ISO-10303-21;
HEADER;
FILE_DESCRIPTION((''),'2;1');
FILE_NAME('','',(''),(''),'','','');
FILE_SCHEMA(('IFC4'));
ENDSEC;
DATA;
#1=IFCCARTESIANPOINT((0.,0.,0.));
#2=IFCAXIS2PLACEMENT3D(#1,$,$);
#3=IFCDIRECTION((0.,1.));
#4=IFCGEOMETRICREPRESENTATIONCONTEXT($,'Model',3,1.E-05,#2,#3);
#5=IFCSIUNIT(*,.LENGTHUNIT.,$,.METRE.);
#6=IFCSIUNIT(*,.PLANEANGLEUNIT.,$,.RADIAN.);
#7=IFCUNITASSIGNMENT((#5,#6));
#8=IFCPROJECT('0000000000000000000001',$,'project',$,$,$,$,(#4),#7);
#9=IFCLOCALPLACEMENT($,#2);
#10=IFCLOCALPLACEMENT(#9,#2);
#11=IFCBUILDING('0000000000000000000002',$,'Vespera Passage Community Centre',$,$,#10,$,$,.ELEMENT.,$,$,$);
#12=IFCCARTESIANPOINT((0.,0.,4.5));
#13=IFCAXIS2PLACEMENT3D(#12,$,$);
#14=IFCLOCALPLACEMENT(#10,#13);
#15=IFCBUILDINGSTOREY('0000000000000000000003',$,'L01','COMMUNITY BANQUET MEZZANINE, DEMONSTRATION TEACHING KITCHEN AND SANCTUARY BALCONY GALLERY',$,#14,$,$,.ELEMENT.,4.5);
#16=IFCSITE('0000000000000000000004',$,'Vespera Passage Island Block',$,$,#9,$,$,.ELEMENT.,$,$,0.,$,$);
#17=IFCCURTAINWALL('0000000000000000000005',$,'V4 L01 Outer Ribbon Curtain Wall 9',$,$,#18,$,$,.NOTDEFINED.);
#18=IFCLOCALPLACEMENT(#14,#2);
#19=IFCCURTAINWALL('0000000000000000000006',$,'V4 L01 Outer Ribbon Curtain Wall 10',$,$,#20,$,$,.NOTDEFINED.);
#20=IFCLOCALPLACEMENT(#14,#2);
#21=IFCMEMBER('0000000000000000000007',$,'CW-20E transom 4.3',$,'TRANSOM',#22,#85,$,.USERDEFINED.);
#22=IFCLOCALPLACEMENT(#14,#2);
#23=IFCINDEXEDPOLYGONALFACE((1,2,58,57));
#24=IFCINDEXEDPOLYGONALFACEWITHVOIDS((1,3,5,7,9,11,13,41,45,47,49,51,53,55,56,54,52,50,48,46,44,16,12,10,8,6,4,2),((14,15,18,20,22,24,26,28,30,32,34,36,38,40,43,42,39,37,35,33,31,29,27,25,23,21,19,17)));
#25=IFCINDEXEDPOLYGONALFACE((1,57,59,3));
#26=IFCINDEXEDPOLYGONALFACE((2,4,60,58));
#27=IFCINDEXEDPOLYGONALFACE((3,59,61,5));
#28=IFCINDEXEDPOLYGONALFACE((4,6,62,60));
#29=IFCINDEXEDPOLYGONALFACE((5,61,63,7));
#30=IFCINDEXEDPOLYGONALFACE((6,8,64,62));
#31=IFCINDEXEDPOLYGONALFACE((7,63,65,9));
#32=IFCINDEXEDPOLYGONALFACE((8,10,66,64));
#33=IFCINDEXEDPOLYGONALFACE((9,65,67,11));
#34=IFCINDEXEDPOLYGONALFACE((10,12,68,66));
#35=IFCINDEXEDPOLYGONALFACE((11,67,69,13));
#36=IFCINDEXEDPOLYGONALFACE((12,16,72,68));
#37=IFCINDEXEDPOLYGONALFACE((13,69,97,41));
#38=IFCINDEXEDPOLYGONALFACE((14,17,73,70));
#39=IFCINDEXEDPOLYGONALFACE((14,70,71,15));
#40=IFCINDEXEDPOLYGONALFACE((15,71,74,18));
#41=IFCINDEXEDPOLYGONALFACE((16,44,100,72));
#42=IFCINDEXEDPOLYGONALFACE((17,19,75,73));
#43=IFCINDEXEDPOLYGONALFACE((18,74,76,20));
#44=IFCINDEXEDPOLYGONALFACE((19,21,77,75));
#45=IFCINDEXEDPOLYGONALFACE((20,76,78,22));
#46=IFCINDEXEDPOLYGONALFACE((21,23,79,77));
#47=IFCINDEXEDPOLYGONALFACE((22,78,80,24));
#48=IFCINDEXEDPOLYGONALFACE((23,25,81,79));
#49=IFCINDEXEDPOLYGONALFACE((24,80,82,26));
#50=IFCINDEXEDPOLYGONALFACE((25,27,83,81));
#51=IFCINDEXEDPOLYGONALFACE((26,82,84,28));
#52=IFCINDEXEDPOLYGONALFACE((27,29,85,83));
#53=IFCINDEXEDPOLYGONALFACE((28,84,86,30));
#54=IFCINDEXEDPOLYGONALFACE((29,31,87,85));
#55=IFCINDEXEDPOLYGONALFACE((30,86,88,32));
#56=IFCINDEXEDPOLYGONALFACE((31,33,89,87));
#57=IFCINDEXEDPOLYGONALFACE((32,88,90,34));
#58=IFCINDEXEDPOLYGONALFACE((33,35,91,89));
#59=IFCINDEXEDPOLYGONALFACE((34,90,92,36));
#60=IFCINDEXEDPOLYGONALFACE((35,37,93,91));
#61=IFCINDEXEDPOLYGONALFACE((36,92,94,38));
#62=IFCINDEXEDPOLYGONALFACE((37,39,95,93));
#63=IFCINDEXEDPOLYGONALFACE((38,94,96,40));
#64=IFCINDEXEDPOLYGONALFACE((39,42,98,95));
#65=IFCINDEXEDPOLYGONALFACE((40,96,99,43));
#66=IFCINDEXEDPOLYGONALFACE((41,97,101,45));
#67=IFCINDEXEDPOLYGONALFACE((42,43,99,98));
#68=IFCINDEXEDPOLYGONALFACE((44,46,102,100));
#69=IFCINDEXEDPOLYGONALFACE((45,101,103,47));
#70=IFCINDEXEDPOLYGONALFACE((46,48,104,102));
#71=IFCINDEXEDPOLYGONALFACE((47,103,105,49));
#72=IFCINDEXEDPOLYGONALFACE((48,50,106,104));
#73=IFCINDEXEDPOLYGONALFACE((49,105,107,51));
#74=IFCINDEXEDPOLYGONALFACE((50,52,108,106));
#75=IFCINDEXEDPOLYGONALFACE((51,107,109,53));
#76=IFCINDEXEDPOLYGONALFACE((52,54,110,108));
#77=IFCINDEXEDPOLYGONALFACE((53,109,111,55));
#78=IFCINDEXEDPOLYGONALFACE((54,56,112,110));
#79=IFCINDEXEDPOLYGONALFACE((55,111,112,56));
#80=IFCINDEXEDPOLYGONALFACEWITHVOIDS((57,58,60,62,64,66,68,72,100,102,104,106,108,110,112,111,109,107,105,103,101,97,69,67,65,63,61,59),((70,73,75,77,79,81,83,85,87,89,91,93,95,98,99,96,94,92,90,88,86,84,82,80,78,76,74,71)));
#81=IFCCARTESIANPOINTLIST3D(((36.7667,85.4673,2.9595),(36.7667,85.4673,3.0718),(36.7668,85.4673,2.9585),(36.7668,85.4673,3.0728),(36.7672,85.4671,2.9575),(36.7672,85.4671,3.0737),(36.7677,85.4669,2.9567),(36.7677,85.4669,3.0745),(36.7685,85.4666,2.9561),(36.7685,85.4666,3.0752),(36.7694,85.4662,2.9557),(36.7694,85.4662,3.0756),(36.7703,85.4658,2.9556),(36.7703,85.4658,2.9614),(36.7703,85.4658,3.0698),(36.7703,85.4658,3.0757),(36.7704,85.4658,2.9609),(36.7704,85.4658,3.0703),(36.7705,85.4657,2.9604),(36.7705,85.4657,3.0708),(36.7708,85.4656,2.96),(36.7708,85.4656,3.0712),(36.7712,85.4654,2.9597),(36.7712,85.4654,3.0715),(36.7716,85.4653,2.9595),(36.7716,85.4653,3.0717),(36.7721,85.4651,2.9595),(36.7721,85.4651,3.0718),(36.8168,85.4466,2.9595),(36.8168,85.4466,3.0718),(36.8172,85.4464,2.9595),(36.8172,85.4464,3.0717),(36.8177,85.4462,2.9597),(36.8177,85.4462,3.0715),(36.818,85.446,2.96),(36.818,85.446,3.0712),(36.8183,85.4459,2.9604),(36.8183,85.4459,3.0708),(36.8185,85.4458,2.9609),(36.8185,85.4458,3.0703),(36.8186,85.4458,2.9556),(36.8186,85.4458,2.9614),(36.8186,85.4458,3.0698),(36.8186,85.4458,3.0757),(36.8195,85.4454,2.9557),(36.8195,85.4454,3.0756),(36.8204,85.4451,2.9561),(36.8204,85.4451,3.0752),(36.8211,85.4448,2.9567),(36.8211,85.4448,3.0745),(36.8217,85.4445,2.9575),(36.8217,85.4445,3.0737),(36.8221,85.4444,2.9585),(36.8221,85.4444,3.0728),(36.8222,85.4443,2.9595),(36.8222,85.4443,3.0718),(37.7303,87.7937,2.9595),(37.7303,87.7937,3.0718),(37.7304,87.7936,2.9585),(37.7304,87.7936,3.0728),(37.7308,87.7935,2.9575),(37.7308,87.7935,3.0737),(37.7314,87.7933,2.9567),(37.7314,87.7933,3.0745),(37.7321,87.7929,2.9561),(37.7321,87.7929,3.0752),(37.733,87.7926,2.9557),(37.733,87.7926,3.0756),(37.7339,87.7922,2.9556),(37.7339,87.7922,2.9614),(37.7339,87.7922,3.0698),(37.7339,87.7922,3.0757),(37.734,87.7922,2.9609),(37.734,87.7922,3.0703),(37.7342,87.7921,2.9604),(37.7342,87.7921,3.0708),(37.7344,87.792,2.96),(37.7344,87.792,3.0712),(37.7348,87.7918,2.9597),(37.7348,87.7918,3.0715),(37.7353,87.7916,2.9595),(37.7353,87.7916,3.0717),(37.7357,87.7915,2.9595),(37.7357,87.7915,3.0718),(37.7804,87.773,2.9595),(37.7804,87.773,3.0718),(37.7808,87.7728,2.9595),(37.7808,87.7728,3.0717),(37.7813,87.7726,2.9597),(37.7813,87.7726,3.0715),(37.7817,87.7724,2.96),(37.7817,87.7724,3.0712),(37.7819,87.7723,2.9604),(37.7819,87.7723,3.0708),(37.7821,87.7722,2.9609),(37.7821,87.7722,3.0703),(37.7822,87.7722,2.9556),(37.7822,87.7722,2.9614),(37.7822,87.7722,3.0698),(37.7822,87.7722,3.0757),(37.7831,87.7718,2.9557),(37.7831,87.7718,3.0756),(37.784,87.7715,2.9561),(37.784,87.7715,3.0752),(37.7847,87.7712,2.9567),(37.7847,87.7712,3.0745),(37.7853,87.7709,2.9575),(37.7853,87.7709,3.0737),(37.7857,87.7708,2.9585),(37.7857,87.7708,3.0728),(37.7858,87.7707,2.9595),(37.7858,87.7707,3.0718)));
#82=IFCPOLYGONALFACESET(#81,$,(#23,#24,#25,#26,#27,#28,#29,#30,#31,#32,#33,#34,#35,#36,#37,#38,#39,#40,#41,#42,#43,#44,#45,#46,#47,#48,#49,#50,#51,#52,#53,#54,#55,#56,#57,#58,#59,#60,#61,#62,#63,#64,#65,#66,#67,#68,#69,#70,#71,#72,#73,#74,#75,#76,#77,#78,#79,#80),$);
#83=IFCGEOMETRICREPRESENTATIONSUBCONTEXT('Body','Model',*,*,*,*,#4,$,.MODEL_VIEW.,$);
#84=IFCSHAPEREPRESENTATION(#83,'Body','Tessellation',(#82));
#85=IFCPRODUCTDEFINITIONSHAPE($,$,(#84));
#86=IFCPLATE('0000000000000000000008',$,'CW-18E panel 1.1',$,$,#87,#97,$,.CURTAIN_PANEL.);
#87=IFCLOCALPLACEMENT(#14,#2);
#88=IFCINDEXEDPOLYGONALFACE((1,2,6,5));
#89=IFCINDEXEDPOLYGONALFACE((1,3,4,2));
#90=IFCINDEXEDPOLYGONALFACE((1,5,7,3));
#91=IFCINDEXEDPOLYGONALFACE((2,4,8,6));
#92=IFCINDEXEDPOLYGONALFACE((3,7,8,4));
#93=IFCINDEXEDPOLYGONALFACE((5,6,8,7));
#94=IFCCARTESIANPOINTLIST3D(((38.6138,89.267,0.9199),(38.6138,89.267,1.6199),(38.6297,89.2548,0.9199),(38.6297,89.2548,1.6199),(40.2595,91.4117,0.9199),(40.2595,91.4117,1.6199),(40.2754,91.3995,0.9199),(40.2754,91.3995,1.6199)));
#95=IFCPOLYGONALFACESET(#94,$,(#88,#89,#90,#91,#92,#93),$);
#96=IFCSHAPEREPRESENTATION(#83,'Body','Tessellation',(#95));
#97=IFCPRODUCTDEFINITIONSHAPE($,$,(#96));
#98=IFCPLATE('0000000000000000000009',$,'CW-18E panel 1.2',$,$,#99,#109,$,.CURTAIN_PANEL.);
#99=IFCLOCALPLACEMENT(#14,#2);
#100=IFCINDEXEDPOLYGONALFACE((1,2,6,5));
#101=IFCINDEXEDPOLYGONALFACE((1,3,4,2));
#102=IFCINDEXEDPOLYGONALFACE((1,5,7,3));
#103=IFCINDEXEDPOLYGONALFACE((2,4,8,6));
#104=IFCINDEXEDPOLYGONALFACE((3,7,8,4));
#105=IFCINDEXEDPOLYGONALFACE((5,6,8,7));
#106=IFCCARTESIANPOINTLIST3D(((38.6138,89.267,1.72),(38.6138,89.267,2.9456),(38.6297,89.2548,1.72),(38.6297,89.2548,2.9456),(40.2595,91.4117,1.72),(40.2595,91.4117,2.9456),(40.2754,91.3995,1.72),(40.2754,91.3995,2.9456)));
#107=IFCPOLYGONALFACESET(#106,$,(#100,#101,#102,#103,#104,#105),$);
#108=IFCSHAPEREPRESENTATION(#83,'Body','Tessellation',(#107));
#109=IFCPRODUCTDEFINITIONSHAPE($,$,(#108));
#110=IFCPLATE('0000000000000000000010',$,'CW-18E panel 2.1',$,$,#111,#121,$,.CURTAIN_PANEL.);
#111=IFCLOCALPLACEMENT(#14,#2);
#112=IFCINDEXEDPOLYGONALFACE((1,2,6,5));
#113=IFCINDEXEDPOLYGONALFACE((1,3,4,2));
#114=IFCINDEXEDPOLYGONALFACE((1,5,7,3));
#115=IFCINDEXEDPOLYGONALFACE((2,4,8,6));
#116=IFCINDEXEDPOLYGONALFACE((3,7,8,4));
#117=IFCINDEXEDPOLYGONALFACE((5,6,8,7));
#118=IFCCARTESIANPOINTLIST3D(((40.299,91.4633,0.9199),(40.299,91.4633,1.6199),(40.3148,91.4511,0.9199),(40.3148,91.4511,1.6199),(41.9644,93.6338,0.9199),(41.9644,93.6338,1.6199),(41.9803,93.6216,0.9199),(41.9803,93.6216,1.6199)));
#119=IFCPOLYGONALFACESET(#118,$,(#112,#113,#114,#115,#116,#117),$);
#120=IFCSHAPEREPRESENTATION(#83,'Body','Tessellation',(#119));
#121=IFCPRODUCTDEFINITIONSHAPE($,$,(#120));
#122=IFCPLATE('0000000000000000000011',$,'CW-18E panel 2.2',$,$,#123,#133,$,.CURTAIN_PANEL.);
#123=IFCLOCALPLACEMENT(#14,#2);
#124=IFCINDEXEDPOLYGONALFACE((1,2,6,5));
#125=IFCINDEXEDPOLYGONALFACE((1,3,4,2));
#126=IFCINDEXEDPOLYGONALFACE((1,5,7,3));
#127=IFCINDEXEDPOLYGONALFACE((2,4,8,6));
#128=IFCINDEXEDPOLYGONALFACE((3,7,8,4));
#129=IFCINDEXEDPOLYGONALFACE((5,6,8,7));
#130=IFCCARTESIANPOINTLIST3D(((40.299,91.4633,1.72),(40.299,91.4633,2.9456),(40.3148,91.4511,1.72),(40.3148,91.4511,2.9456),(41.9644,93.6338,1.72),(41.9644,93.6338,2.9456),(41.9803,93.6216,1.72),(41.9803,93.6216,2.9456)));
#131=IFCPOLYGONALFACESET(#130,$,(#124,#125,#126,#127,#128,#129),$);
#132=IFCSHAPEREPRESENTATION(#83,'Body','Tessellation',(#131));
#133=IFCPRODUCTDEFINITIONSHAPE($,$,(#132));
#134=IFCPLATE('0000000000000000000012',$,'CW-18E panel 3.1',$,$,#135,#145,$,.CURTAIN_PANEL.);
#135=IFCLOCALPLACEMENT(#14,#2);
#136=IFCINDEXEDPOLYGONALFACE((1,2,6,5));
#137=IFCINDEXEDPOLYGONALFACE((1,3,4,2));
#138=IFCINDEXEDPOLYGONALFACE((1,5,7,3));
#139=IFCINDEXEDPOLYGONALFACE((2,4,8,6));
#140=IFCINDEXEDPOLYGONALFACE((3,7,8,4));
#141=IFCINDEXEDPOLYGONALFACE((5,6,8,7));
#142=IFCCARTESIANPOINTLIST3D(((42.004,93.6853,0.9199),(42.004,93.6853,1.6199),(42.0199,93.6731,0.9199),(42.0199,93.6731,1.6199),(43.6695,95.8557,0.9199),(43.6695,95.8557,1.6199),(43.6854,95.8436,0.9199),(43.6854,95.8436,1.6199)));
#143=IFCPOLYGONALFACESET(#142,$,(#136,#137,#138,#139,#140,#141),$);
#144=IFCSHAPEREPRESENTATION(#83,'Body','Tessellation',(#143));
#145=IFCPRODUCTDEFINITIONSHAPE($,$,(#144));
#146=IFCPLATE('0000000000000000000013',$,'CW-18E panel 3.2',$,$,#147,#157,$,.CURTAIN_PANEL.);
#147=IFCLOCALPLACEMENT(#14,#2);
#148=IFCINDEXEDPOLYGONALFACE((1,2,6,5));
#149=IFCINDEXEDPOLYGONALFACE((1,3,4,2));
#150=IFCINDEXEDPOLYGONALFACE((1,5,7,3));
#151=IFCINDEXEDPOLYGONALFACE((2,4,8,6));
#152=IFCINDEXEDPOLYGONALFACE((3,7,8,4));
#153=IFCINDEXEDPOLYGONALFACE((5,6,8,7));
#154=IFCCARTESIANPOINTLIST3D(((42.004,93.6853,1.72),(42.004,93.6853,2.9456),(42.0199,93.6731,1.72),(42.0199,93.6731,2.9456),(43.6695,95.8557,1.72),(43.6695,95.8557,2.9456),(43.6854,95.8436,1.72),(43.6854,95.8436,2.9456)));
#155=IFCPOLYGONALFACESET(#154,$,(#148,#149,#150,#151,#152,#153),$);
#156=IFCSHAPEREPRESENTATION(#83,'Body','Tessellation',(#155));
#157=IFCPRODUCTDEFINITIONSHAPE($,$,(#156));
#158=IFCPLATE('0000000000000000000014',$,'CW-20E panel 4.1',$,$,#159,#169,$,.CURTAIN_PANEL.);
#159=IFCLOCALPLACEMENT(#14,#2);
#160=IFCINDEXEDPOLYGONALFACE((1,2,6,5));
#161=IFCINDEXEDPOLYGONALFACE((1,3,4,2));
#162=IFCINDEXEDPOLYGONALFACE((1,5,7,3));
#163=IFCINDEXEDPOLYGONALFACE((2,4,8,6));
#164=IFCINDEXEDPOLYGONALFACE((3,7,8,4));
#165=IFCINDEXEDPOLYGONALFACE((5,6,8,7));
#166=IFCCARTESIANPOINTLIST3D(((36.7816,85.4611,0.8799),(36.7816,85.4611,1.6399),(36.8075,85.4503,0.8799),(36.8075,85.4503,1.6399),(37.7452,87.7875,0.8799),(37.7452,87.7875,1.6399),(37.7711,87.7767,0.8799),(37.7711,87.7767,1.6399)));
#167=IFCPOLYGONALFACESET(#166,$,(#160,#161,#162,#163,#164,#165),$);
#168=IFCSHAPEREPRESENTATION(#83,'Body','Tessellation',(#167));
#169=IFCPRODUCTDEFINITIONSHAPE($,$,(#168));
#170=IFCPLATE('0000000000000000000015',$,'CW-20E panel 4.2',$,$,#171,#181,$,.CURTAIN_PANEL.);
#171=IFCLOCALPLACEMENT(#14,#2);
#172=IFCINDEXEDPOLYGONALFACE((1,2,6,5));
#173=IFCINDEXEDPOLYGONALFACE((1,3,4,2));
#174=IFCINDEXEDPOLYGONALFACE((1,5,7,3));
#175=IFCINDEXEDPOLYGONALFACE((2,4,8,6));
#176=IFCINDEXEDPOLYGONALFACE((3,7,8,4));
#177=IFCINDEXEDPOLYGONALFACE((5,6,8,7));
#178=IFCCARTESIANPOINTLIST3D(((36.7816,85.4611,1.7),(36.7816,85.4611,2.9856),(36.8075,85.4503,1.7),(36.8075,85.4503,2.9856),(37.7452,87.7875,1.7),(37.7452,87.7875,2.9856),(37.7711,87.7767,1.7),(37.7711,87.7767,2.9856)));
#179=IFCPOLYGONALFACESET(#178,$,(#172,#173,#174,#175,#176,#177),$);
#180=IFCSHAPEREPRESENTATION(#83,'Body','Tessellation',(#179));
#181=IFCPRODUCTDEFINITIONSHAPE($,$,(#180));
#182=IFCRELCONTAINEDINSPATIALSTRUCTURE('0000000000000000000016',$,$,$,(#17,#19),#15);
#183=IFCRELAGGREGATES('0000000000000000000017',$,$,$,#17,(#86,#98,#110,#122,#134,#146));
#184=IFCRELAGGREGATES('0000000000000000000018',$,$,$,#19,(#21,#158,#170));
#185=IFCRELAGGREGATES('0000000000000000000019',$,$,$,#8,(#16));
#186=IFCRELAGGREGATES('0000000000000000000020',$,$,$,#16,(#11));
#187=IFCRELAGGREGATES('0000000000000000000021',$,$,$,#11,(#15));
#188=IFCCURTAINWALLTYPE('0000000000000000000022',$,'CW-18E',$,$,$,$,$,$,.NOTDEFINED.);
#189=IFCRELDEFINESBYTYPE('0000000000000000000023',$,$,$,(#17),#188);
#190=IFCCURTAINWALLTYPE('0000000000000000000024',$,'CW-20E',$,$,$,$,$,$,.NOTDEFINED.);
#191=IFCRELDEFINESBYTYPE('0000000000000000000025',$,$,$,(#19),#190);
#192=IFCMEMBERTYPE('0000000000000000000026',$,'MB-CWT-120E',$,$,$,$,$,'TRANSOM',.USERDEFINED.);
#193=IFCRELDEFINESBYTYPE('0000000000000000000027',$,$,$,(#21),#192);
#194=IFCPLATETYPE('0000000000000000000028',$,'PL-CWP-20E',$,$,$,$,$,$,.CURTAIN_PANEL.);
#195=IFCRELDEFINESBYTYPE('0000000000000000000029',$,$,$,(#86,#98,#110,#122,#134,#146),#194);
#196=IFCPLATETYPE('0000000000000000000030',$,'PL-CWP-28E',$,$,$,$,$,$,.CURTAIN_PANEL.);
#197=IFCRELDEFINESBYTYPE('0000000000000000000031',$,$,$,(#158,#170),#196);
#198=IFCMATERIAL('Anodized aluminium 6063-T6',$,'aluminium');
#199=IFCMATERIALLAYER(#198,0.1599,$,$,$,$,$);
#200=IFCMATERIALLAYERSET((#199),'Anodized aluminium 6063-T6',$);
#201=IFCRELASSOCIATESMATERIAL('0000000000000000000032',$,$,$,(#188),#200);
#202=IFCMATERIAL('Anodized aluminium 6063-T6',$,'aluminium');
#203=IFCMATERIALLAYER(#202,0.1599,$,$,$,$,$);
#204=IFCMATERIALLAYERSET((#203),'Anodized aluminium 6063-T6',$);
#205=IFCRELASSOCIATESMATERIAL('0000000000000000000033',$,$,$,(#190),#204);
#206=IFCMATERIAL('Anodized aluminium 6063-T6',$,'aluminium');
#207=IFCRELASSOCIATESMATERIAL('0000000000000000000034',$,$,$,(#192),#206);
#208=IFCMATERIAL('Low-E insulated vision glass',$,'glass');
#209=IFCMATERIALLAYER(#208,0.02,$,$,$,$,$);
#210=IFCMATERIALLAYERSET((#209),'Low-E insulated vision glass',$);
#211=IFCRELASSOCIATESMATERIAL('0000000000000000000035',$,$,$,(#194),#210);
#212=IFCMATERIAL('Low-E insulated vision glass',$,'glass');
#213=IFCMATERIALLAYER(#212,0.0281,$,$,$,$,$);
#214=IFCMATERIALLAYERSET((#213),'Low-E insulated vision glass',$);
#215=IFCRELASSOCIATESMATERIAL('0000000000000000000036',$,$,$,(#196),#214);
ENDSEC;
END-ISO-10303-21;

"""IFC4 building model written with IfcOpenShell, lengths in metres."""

from ifc_helpers import new_model, si_unit, direction, frame, origin, origin_2d, place, context, subcontext, project, spatial, rectangle, hollow_rectangle, extrude, material, layer, layer_set, material_profile, profile_set, type_object, element, aggregate, save


model = new_model("IFC4")

# Units and contexts
model_context = context("Model", 3, precision=1e-05, world=origin(), true_north=direction((0.0, 1.0)))
body_context = subcontext(model_context, "Body", "Model", "MODEL_VIEW")
ifc_project = project(units=[si_unit("LENGTHUNIT", "METRE"), si_unit("PLANEANGLEUNIT", "RADIAN")], contexts=[model_context])

# Site, building, storey
site_placement = place(None, origin())
site = spatial("IfcSite", under=ifc_project, at=site_placement, Name="Vespera Passage Island Block", CompositionType="ELEMENT", RefElevation=0.0)
building_placement = place(site_placement, origin())
building = spatial("IfcBuilding", under=site, at=building_placement, Name="Vespera Passage Community Centre", CompositionType="ELEMENT")
storey_placement = place(building_placement, frame((0.0, 0.0, 4.5)))
storey = spatial("IfcBuildingStorey", under=building, at=storey_placement, Name="L01", Description="COMMUNITY BANQUET MEZZANINE, DEMONSTRATION TEACHING KITCHEN AND SANCTUARY BALCONY GALLERY", CompositionType="ELEMENT", Elevation=4.5)

# Curtain wall
ifc_material_1 = material(Name="Anodized aluminium 6063-T6", Category="aluminium")
ifc_layer_1 = layer(ifc_material_1, 0.1599)
ifc_layer_set_1 = layer_set([ifc_layer_1], Name="Anodized aluminium 6063-T6")
curtain_wall_type_1 = type_object("IfcCurtainWallType", Name="CW-18E", PredefinedType="NOTDEFINED", material=ifc_layer_set_1)
curtain_wall_1_placement = place(storey_placement, origin())
curtain_wall_1 = element("IfcCurtainWall", 1, at=curtain_wall_1_placement, inside=storey, type_object=curtain_wall_type_1, Name="V4 L01 Outer Ribbon Curtain Wall 9", PredefinedType="NOTDEFINED")

# Curtain wall
ifc_material_2 = material(Name="Anodized aluminium 6063-T6", Category="aluminium")
ifc_layer_2 = layer(ifc_material_2, 0.1599)
ifc_layer_set_2 = layer_set([ifc_layer_2], Name="Anodized aluminium 6063-T6")
curtain_wall_type_2 = type_object("IfcCurtainWallType", Name="CW-20E", PredefinedType="NOTDEFINED", material=ifc_layer_set_2)
curtain_wall_2_placement = place(storey_placement, origin())
curtain_wall_2 = element("IfcCurtainWall", 2, at=curtain_wall_2_placement, inside=storey, type_object=curtain_wall_type_2, Name="V4 L01 Outer Ribbon Curtain Wall 10", PredefinedType="NOTDEFINED")

# Member
ifc_material_3 = material(Name="Anodized aluminium 6063-T6", Category="aluminium")
ifc_material_profile_1 = material_profile(ifc_material_3, hollow_rectangle(XDim=0.0601, YDim=0.1201, WallThickness=0.0039, InnerFilletRadius=0.002, OuterFilletRadius=0.0039, at=origin_2d()), Name="ALU120X60X4")
ifc_profile_set_1 = profile_set([ifc_material_profile_1], Name="Anodized aluminium 6063-T6")
member_type_1 = type_object("IfcMemberType", Name="MB-CWT-120E", ElementType="TRANSOM", PredefinedType="USERDEFINED", material=ifc_profile_set_1)
member_1_placement = place(storey_placement, frame((36.7944, 85.4558, 3.0156), z_axis=(0.38268, 0.923881, 0.0), x_axis=(-0.923881, 0.38268, 0.0)))
member_1 = element("IfcMember", 3, at=member_1_placement, type_object=member_type_1, Name="CW-20E transom 4.3", ObjectType="TRANSOM", PredefinedType="USERDEFINED", context=body_context, shape_type="SweptSolid", body=[
    extrude(hollow_rectangle(XDim=0.0601, YDim=0.1201, WallThickness=0.0039, InnerFilletRadius=0.002, OuterFilletRadius=0.0039, at=origin_2d()), origin(), (0.0, 0.0, 1.0), 2.5181),
])

# Plates
ifc_material_4 = material(Name="Low-E insulated vision glass", Category="glass")
ifc_layer_3 = layer(ifc_material_4, 0.02)
ifc_layer_set_3 = layer_set([ifc_layer_3], Name="Low-E insulated vision glass")
plate_type_1 = type_object("IfcPlateType", Name="PL-CWP-20E", PredefinedType="CURTAIN_PANEL", material=ifc_layer_set_3)
plate_1_placement = place(storey_placement, frame((39.4446, 90.3333, 0.9199), z_axis=(0.0, 0.0, 1.0), x_axis=(0.608765, 0.79335, 0.0)))
plate_1 = element("IfcPlate", 4, at=plate_1_placement, type_object=plate_type_1, Name="CW-18E panel 1.1", PredefinedType="CURTAIN_PANEL", context=body_context, shape_type="SweptSolid", body=[
    extrude(rectangle(XDim=2.7034, YDim=0.02, at=origin_2d()), origin(), (0.0, 0.0, 1.0), 0.7),
])
plate_2_placement = place(storey_placement, frame((39.4446, 90.3333, 1.72), z_axis=(0.0, 0.0, 1.0), x_axis=(0.608765, 0.79335, 0.0)))
plate_2 = element("IfcPlate", 5, at=plate_2_placement, type_object=plate_type_1, Name="CW-18E panel 1.2", PredefinedType="CURTAIN_PANEL", context=body_context, shape_type="SweptSolid", body=[
    extrude(rectangle(XDim=2.7034, YDim=0.02, at=origin_2d()), origin(), (0.0, 0.0, 1.0), 1.2256),
])
plate_3_placement = place(storey_placement, frame((41.1396, 92.5425, 0.9199), z_axis=(0.0, 0.0, 1.0), x_axis=(0.608765, 0.79335, 0.0)))
plate_3 = element("IfcPlate", 6, at=plate_3_placement, type_object=plate_type_1, Name="CW-18E panel 2.1", PredefinedType="CURTAIN_PANEL", context=body_context, shape_type="SweptSolid", body=[
    extrude(rectangle(XDim=2.7358, YDim=0.02, at=origin_2d()), origin(), (0.0, 0.0, 1.0), 0.7),
])
plate_4_placement = place(storey_placement, frame((41.1396, 92.5425, 1.72), z_axis=(0.0, 0.0, 1.0), x_axis=(0.608765, 0.79335, 0.0)))
plate_4 = element("IfcPlate", 7, at=plate_4_placement, type_object=plate_type_1, Name="CW-18E panel 2.2", PredefinedType="CURTAIN_PANEL", context=body_context, shape_type="SweptSolid", body=[
    extrude(rectangle(XDim=2.7358, YDim=0.02, at=origin_2d()), origin(), (0.0, 0.0, 1.0), 1.2256),
])
plate_5_placement = place(storey_placement, frame((42.8447, 94.7644, 0.9199), z_axis=(0.0, 0.0, 1.0), x_axis=(0.608765, 0.79335, 0.0)))
plate_5 = element("IfcPlate", 8, at=plate_5_placement, type_object=plate_type_1, Name="CW-18E panel 3.1", PredefinedType="CURTAIN_PANEL", context=body_context, shape_type="SweptSolid", body=[
    extrude(rectangle(XDim=2.7358, YDim=0.02, at=origin_2d()), origin(), (0.0, 0.0, 1.0), 0.7),
])
plate_6_placement = place(storey_placement, frame((42.8447, 94.7644, 1.72), z_axis=(0.0, 0.0, 1.0), x_axis=(0.608765, 0.79335, 0.0)))
plate_6 = element("IfcPlate", 9, at=plate_6_placement, type_object=plate_type_1, Name="CW-18E panel 3.2", PredefinedType="CURTAIN_PANEL", context=body_context, shape_type="SweptSolid", body=[
    extrude(rectangle(XDim=2.7358, YDim=0.02, at=origin_2d()), origin(), (0.0, 0.0, 1.0), 1.2256),
])
aggregate(curtain_wall_1, [plate_1, plate_2, plate_3, plate_4, plate_5, plate_6])
ifc_material_5 = material(Name="Low-E insulated vision glass", Category="glass")
ifc_layer_4 = layer(ifc_material_5, 0.0281)
ifc_layer_set_4 = layer_set([ifc_layer_4], Name="Low-E insulated vision glass")
plate_type_2 = type_object("IfcPlateType", Name="PL-CWP-28E", PredefinedType="CURTAIN_PANEL", material=ifc_layer_set_4)
plate_7_placement = place(storey_placement, frame((37.2764, 86.6189, 0.8799), z_axis=(0.0, 0.0, 1.0), x_axis=(0.382679, 0.923881, 0.0)))
plate_7 = element("IfcPlate", 10, at=plate_7_placement, type_object=plate_type_2, Name="CW-20E panel 4.1", PredefinedType="CURTAIN_PANEL", context=body_context, shape_type="SweptSolid", body=[
    extrude(rectangle(XDim=2.5181, YDim=0.0281, at=origin_2d()), origin(), (0.0, 0.0, 1.0), 0.76),
])
plate_8_placement = place(storey_placement, frame((37.2764, 86.6189, 1.7), z_axis=(0.0, 0.0, 1.0), x_axis=(0.382679, 0.923881, 0.0)))
plate_8 = element("IfcPlate", 11, at=plate_8_placement, type_object=plate_type_2, Name="CW-20E panel 4.2", PredefinedType="CURTAIN_PANEL", context=body_context, shape_type="SweptSolid", body=[
    extrude(rectangle(XDim=2.5181, YDim=0.0281, at=origin_2d()), origin(), (0.0, 0.0, 1.0), 1.2856),
])
aggregate(curtain_wall_2, [member_1, plate_7, plate_8])

save(model, "model.ifc")
